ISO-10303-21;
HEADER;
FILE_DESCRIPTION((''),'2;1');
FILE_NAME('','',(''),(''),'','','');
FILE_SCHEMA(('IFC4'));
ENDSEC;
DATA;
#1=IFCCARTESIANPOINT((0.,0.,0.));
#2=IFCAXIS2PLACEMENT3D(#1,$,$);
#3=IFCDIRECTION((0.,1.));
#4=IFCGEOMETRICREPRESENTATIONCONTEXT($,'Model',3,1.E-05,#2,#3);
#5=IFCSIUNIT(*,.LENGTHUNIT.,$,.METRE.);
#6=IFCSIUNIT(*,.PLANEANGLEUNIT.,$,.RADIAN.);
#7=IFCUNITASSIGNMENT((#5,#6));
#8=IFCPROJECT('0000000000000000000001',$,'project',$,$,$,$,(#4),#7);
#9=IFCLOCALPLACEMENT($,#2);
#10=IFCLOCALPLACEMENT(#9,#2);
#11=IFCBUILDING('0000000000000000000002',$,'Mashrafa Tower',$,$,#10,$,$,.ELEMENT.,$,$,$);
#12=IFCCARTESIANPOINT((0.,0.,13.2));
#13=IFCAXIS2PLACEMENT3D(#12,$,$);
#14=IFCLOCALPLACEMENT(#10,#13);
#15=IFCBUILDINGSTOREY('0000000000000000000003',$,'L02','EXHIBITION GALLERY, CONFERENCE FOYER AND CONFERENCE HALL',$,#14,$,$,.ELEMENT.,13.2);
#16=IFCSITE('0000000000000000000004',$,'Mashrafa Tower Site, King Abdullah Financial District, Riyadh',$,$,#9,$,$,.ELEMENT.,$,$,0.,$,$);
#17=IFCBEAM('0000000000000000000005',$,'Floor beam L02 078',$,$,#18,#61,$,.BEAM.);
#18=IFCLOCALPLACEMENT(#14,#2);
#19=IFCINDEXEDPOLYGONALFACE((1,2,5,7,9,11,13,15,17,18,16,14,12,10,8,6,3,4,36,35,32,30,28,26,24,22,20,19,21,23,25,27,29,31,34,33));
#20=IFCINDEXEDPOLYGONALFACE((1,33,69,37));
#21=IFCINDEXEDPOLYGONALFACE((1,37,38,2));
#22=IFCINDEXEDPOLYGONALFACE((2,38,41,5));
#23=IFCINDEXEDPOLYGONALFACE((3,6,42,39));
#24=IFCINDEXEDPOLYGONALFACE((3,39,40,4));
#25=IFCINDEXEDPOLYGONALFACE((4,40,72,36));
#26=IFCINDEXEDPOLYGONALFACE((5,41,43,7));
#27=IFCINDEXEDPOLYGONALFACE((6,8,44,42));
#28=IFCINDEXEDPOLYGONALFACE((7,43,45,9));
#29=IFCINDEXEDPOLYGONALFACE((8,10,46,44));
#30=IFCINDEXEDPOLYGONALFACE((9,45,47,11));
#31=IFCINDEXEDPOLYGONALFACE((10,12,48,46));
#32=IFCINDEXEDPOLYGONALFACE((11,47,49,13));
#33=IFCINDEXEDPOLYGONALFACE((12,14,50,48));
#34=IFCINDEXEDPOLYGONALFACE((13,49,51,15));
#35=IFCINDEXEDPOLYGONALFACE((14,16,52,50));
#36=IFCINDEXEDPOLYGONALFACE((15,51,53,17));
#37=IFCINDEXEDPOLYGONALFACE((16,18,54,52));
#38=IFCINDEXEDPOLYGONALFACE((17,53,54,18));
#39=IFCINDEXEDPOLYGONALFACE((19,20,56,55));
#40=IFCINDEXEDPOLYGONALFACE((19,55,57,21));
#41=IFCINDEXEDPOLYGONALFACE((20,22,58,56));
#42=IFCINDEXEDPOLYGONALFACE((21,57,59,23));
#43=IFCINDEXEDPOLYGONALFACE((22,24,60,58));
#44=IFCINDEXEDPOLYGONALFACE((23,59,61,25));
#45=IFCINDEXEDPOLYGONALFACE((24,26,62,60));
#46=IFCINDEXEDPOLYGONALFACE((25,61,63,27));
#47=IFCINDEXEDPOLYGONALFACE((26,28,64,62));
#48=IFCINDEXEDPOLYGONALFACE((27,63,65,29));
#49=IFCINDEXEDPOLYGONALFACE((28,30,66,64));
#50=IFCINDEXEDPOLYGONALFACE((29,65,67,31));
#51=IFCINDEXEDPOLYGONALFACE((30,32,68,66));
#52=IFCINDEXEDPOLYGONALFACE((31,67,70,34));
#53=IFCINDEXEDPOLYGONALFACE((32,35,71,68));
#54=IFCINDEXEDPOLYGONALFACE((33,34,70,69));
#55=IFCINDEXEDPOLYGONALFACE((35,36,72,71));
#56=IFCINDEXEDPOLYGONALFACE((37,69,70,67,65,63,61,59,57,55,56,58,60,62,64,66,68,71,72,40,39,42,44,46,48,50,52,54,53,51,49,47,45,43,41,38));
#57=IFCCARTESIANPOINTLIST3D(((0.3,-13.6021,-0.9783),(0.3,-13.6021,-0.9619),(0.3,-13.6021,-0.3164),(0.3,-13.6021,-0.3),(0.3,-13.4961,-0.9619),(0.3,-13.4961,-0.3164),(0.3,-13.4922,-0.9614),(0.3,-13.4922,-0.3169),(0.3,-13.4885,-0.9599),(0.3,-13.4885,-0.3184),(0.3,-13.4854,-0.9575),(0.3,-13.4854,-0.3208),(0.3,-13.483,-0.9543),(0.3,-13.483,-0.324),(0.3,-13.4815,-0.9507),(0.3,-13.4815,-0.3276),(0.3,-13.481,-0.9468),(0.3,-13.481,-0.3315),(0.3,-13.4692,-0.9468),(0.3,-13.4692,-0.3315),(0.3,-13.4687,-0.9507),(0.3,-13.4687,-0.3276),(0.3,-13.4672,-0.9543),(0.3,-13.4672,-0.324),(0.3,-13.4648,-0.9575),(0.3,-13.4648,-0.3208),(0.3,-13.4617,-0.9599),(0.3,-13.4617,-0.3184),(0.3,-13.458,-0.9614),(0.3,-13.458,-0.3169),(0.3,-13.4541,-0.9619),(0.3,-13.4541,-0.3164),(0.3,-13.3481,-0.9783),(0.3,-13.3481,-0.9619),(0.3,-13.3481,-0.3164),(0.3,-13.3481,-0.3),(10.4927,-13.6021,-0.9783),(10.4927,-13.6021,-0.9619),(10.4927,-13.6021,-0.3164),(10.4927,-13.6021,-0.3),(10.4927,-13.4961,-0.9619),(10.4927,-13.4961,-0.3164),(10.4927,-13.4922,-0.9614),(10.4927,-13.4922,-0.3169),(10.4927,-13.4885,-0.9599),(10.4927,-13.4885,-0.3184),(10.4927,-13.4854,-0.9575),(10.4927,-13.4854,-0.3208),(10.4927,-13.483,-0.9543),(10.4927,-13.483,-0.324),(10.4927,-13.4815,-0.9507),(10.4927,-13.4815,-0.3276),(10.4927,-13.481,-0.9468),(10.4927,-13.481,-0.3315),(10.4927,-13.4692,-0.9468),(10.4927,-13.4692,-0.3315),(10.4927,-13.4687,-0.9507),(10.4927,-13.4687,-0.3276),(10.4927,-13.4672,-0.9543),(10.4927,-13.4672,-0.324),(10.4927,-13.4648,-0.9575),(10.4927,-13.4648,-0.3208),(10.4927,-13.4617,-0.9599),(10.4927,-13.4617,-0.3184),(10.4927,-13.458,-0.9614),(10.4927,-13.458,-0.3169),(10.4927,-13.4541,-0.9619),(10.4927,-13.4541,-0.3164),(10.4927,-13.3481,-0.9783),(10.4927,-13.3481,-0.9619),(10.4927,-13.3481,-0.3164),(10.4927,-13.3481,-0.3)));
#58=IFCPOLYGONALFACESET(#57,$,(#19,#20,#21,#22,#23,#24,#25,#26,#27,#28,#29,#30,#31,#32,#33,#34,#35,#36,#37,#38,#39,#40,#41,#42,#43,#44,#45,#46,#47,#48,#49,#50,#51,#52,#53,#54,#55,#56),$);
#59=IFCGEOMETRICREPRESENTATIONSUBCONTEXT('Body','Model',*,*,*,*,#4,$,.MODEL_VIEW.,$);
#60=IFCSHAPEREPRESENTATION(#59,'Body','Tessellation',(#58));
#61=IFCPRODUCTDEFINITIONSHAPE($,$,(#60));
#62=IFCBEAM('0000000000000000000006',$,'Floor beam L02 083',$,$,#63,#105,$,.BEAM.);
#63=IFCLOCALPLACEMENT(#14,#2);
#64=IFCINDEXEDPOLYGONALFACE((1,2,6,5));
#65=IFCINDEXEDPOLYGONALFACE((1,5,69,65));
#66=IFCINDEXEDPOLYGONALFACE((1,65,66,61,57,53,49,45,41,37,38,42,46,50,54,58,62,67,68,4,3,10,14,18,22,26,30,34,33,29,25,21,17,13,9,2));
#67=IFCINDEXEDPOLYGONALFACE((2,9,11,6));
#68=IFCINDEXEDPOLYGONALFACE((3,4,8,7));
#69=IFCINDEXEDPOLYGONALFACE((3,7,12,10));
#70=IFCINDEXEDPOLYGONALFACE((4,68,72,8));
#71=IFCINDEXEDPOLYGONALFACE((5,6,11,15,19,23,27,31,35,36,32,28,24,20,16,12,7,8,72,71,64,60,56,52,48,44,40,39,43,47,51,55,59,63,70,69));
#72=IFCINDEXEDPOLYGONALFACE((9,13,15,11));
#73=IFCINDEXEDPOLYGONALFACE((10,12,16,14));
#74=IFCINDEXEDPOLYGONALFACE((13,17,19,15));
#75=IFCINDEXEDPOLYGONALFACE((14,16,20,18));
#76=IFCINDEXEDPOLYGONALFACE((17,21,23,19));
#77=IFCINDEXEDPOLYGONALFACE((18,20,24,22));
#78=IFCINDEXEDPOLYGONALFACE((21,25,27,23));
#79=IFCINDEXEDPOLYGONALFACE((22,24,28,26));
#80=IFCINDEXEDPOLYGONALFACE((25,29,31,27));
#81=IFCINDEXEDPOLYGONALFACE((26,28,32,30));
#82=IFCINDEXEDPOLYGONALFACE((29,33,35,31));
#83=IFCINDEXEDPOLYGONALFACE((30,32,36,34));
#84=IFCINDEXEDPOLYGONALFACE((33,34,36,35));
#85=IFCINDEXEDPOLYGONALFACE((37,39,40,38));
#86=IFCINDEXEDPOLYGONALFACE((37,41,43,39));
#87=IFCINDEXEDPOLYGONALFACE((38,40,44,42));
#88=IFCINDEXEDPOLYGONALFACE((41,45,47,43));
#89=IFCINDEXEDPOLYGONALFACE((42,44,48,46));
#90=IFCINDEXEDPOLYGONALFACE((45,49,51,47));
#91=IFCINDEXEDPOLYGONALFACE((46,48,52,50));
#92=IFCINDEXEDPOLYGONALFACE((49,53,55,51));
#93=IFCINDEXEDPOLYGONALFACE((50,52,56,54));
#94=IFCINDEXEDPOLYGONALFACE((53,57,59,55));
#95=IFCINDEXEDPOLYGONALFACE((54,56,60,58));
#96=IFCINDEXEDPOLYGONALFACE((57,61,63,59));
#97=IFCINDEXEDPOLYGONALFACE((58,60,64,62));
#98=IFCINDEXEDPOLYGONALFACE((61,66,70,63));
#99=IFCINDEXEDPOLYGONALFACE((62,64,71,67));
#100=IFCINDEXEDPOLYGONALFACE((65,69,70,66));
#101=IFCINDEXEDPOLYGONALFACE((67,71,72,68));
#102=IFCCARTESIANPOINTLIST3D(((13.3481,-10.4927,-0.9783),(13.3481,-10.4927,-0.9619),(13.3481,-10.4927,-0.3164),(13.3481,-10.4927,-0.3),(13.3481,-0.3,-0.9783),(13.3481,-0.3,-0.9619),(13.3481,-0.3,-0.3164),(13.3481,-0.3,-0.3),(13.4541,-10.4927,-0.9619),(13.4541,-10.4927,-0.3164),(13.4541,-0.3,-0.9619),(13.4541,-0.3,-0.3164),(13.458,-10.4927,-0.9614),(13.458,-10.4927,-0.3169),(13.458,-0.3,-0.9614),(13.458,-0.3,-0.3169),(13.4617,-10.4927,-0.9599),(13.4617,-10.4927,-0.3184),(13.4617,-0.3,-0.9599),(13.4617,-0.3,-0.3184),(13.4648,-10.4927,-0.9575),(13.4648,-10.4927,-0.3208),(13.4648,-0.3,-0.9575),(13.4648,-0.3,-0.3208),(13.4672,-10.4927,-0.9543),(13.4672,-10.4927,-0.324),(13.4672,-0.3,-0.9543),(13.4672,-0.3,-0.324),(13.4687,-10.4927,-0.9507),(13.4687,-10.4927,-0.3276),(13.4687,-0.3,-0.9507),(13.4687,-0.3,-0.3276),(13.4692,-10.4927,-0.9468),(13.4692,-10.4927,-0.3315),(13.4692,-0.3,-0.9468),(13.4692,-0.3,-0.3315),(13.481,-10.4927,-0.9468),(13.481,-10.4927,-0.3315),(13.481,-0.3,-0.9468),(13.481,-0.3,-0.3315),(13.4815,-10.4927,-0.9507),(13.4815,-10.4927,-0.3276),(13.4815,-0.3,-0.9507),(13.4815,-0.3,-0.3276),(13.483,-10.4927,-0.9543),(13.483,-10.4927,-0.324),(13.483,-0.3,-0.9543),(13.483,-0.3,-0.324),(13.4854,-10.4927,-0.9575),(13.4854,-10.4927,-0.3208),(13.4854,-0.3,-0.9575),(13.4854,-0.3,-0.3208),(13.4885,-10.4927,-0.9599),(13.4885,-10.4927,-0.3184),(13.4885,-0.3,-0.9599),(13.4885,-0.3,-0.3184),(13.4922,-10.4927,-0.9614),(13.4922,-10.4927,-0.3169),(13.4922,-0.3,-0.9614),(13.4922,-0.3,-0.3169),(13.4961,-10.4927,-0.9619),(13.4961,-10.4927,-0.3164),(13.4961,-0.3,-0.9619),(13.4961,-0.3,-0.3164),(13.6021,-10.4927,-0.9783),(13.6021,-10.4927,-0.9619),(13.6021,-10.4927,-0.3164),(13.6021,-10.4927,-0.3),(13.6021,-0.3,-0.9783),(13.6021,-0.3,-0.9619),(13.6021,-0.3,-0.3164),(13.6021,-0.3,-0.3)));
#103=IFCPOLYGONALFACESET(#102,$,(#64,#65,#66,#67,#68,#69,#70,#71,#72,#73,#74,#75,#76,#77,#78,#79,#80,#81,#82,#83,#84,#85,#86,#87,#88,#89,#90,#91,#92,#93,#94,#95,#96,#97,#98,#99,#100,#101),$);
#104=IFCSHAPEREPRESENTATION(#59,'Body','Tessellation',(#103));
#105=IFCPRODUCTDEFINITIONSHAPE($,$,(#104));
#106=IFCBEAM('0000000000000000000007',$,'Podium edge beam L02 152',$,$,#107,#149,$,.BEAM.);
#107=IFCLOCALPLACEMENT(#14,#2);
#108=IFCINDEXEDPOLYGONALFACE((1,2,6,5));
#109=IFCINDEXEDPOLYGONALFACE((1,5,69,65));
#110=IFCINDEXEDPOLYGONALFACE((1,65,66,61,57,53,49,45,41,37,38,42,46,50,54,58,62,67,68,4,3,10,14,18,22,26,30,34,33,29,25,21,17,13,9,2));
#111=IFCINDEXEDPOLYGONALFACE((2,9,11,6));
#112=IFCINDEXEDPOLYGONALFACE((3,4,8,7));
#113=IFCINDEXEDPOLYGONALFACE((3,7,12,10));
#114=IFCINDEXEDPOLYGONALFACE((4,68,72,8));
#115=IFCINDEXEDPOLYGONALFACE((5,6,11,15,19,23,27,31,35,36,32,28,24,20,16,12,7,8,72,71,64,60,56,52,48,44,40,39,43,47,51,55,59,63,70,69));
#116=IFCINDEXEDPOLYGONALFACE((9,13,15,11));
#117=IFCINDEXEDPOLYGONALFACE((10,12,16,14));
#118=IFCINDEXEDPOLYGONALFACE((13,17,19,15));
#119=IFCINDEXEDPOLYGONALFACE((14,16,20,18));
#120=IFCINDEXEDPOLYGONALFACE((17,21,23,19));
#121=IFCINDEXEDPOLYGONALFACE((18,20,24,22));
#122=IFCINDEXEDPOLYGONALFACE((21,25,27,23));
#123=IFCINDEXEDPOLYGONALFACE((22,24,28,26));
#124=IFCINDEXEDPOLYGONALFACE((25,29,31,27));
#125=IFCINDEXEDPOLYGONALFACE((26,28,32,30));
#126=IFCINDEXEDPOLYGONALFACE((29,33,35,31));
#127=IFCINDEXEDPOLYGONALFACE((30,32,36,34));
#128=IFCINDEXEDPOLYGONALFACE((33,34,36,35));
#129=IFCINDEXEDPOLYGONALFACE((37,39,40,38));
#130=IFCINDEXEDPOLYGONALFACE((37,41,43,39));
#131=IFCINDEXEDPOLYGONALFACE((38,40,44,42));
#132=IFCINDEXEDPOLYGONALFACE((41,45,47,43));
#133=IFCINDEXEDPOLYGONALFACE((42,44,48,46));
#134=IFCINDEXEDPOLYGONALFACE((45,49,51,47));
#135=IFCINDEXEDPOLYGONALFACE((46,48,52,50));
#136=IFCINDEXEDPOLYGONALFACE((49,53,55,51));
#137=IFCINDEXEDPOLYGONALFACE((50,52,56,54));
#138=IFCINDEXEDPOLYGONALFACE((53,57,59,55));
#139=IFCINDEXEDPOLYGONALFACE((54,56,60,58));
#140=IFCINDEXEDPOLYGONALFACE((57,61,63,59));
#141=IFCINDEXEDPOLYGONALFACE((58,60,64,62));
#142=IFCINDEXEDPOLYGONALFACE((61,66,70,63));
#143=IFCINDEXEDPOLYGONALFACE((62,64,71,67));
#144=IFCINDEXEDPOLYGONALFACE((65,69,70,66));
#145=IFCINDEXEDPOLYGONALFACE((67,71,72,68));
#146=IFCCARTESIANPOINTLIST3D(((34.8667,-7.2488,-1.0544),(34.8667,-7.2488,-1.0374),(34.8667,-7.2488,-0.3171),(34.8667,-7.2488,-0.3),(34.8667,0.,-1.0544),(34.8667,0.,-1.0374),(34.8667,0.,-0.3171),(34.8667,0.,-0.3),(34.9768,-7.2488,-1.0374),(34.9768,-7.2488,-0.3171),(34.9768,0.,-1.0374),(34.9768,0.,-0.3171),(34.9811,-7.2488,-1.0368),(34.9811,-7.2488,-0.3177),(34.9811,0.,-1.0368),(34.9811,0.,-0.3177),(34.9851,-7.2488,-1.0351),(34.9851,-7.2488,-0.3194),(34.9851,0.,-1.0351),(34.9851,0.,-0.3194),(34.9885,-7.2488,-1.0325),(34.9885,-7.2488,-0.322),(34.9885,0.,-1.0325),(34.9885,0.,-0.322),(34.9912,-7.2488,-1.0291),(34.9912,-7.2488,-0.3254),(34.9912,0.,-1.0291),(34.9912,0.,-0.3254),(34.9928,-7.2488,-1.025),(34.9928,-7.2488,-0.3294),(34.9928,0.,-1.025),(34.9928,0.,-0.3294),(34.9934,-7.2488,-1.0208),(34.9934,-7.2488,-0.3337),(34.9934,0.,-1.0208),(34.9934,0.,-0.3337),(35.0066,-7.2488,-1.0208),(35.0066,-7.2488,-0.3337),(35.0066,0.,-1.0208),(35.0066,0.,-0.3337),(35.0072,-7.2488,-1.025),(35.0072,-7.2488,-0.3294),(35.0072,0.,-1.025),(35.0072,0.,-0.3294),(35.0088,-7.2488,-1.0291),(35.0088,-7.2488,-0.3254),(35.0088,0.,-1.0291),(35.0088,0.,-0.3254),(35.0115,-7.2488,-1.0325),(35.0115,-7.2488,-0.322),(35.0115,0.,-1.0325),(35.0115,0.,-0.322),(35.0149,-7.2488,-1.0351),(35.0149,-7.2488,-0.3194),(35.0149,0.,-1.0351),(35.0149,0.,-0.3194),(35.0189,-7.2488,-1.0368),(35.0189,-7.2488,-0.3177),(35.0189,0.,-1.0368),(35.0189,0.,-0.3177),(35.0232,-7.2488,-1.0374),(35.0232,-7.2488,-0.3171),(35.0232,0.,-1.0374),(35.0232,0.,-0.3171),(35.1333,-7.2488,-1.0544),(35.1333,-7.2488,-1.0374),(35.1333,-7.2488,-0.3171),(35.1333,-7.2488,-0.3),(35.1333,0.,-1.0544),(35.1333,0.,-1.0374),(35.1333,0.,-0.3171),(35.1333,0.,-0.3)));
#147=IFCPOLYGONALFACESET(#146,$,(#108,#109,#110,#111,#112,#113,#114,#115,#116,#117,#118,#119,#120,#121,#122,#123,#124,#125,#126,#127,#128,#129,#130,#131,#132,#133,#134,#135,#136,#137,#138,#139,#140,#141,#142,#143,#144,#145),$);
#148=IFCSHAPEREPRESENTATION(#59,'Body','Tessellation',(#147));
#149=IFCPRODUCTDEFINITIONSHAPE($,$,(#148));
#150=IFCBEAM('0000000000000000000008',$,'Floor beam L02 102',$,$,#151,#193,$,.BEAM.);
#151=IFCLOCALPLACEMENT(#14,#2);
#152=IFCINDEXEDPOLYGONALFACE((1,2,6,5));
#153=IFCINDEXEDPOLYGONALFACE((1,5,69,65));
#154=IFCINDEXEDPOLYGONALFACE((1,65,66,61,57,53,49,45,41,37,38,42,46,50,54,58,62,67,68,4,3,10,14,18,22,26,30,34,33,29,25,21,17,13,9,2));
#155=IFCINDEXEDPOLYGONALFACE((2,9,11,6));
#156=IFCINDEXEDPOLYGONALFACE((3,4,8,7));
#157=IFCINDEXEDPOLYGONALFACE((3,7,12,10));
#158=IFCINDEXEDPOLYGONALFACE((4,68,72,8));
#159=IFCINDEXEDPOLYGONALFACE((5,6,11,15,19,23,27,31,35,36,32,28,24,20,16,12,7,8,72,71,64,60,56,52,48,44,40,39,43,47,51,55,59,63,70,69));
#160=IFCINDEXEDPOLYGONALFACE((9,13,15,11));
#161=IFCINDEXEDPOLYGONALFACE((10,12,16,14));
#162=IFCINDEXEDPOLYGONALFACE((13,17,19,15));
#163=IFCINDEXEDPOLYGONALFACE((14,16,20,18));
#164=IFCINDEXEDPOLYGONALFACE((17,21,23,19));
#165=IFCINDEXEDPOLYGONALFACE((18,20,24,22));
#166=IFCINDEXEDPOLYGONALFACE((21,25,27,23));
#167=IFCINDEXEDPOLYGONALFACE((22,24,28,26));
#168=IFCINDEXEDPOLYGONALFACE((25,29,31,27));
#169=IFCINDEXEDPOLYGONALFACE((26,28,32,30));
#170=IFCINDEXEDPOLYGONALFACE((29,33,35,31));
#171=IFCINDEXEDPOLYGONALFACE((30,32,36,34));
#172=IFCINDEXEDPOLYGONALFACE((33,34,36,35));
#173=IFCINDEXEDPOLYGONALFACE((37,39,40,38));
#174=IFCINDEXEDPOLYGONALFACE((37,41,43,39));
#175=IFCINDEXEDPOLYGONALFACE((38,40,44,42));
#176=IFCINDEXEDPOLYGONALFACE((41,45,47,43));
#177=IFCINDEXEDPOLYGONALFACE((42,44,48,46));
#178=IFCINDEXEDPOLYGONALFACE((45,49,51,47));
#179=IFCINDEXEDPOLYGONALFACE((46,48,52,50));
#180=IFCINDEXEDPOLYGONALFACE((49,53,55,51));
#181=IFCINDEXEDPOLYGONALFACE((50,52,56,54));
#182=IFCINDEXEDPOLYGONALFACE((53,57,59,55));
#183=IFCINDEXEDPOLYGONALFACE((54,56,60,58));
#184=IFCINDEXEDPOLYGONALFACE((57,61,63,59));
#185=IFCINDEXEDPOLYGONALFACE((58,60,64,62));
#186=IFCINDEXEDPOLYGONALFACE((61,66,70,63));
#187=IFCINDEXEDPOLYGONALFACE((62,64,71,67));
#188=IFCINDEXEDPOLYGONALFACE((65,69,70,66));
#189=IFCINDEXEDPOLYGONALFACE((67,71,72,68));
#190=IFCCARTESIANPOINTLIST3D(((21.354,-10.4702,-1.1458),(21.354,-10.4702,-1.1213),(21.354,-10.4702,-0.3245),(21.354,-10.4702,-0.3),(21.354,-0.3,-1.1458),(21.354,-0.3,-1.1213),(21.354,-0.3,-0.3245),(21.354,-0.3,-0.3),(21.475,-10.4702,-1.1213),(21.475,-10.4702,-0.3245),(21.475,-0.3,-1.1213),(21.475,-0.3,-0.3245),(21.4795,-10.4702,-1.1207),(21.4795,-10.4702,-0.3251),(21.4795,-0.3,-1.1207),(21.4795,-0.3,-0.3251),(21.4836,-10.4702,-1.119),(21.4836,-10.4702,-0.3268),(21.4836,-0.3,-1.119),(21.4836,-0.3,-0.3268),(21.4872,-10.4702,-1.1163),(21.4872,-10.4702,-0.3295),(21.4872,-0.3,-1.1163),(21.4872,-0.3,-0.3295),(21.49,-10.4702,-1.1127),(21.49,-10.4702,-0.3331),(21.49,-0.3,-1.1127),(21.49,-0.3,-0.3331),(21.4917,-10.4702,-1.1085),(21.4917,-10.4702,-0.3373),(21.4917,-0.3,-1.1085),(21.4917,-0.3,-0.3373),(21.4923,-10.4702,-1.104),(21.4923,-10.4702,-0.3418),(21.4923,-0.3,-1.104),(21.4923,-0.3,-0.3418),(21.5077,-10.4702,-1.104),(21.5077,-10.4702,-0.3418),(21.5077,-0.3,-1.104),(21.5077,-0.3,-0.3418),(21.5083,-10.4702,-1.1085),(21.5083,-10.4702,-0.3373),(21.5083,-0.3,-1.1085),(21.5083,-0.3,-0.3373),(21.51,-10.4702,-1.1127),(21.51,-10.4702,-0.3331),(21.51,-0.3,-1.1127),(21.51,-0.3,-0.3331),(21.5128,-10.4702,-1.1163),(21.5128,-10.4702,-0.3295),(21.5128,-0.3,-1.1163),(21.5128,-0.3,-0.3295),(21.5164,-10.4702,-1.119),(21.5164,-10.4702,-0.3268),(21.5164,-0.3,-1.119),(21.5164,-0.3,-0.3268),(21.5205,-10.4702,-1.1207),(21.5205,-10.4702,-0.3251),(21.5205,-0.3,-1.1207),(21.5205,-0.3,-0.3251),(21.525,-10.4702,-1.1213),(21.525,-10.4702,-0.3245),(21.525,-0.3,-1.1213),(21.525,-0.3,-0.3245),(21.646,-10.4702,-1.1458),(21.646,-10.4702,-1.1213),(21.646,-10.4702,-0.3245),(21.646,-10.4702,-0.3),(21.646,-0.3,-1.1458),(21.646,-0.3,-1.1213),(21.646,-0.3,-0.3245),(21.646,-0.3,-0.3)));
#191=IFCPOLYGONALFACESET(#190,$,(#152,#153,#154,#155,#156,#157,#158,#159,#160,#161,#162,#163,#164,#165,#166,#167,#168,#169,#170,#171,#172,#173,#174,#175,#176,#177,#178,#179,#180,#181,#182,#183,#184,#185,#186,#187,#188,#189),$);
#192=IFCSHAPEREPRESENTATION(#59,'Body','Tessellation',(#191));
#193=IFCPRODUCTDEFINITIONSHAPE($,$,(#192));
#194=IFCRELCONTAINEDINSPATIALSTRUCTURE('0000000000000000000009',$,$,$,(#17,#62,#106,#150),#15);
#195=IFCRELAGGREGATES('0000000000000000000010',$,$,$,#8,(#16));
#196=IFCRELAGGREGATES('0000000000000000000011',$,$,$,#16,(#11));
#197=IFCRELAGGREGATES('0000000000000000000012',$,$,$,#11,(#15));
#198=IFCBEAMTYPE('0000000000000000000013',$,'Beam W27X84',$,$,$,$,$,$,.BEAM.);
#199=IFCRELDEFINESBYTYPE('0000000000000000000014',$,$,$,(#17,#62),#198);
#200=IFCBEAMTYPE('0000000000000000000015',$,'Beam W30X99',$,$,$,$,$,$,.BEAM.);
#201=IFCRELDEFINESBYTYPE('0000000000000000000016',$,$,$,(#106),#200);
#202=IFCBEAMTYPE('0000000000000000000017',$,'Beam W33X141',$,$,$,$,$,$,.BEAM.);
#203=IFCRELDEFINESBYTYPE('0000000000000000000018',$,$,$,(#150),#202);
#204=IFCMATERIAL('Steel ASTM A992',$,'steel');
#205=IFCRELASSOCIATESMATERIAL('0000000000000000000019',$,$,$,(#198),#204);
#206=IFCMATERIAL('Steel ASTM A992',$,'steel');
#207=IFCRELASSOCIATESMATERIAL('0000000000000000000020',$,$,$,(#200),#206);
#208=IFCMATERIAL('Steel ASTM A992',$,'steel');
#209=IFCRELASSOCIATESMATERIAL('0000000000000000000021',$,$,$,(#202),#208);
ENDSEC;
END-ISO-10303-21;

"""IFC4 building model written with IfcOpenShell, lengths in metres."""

from ifc_helpers import new_model, si_unit, direction, frame, origin, origin_2d, place, context, subcontext, project, spatial, i_section, extrude, material, material_profile, profile_set, type_object, element, save


model = new_model("IFC4")

# Units and contexts
model_context = context("Model", 3, precision=1e-05, world=origin(), true_north=direction((0.0, 1.0)))
body_context = subcontext(model_context, "Body", "Model", "MODEL_VIEW")
ifc_project = project(units=[si_unit("LENGTHUNIT", "METRE"), si_unit("PLANEANGLEUNIT", "RADIAN")], contexts=[model_context])

# Site, building, storey
site_placement = place(None, origin())
site = spatial("IfcSite", under=ifc_project, at=site_placement, Name="Mashrafa Tower Site, King Abdullah Financial District, Riyadh", CompositionType="ELEMENT", RefElevation=0.0)
building_placement = place(site_placement, origin())
building = spatial("IfcBuilding", under=site, at=building_placement, Name="Mashrafa Tower", CompositionType="ELEMENT")
storey_placement = place(building_placement, frame((0.0, 0.0, 13.2)))
storey = spatial("IfcBuildingStorey", under=building, at=storey_placement, Name="L02", Description="EXHIBITION GALLERY, CONFERENCE FOYER AND CONFERENCE HALL", CompositionType="ELEMENT", Elevation=13.2)

# Beams
ifc_material_1 = material(Name="Steel ASTM A992", Category="steel")
ifc_material_profile_1 = material_profile(ifc_material_1, i_section(OverallWidth=0.2539, OverallDepth=0.6782, WebThickness=0.0117, FlangeThickness=0.0164, FilletRadius=0.0151, at=origin_2d()), Name="W27X84")
ifc_profile_set_1 = profile_set([ifc_material_profile_1], Name="Steel ASTM A992")
beam_type_1 = type_object("IfcBeamType", Name="Beam W27X84", PredefinedType="BEAM", material=ifc_profile_set_1)
for number, where, z_axis, x_axis, name in (
    (1, (10.4927, -13.4751, -0.6392), (-1.0, 0.0, 0.0), (0.0, -1.0, 0.0), "Floor beam L02 078"),
    (2, (13.4751, -0.3, -0.6392), (0.0, -1.0, 0.0), (1.0, 0.0, 0.0), "Floor beam L02 083"),
):
    element("IfcBeam", number, at=place(storey_placement, frame(where, z_axis=z_axis, x_axis=x_axis)), inside=storey, type_object=beam_type_1, Name=name, PredefinedType="BEAM", context=body_context, shape_type="SweptSolid", body=[
        extrude(i_section(OverallWidth=0.2539, OverallDepth=0.6782, WebThickness=0.0117, FlangeThickness=0.0164, FilletRadius=0.0151, at=origin_2d()), origin(), (0.0, 0.0, 1.0), 10.1926),
    ])
ifc_material_2 = material(Name="Steel ASTM A992", Category="steel")
ifc_material_profile_2 = material_profile(ifc_material_2, i_section(OverallWidth=0.2666, OverallDepth=0.7544, WebThickness=0.0132, FlangeThickness=0.0171, FilletRadius=0.0166, at=origin_2d()), Name="W30X99")
ifc_profile_set_2 = profile_set([ifc_material_profile_2], Name="Steel ASTM A992")
beam_type_2 = type_object("IfcBeamType", Name="Beam W30X99", PredefinedType="BEAM", material=ifc_profile_set_2)
beam_1_placement = place(storey_placement, frame((35.0, -7.2488, -0.6772), z_axis=(0.0, 1.0, 0.0), x_axis=(-1.0, 0.0, 0.0)))
element("IfcBeam", 3, at=beam_1_placement, inside=storey, type_object=beam_type_2, Name="Podium edge beam L02 152", PredefinedType="BEAM", context=body_context, shape_type="SweptSolid", body=[
    extrude(i_section(OverallWidth=0.2666, OverallDepth=0.7544, WebThickness=0.0132, FlangeThickness=0.0171, FilletRadius=0.0166, at=origin_2d()), origin(), (0.0, 0.0, 1.0), 7.2488),
])
ifc_material_3 = material(Name="Steel ASTM A992", Category="steel")
ifc_material_profile_3 = material_profile(ifc_material_3, i_section(OverallWidth=0.292, OverallDepth=0.8457, WebThickness=0.0154, FlangeThickness=0.0244, FilletRadius=0.0173, at=origin_2d()), Name="W33X141")
ifc_profile_set_3 = profile_set([ifc_material_profile_3], Name="Steel ASTM A992")
beam_type_3 = type_object("IfcBeamType", Name="Beam W33X141", PredefinedType="BEAM", material=ifc_profile_set_3)
beam_2_placement = place(storey_placement, frame((21.5, -0.3, -0.7229), z_axis=(0.0, -1.0, 0.0), x_axis=(1.0, 0.0, 0.0)))
element("IfcBeam", 4, at=beam_2_placement, inside=storey, type_object=beam_type_3, Name="Floor beam L02 102", PredefinedType="BEAM", context=body_context, shape_type="SweptSolid", body=[
    extrude(i_section(OverallWidth=0.292, OverallDepth=0.8457, WebThickness=0.0154, FlangeThickness=0.0244, FilletRadius=0.0173, at=origin_2d()), origin(), (0.0, 0.0, 1.0), 10.1702),
])

save(model, "model.ifc")
